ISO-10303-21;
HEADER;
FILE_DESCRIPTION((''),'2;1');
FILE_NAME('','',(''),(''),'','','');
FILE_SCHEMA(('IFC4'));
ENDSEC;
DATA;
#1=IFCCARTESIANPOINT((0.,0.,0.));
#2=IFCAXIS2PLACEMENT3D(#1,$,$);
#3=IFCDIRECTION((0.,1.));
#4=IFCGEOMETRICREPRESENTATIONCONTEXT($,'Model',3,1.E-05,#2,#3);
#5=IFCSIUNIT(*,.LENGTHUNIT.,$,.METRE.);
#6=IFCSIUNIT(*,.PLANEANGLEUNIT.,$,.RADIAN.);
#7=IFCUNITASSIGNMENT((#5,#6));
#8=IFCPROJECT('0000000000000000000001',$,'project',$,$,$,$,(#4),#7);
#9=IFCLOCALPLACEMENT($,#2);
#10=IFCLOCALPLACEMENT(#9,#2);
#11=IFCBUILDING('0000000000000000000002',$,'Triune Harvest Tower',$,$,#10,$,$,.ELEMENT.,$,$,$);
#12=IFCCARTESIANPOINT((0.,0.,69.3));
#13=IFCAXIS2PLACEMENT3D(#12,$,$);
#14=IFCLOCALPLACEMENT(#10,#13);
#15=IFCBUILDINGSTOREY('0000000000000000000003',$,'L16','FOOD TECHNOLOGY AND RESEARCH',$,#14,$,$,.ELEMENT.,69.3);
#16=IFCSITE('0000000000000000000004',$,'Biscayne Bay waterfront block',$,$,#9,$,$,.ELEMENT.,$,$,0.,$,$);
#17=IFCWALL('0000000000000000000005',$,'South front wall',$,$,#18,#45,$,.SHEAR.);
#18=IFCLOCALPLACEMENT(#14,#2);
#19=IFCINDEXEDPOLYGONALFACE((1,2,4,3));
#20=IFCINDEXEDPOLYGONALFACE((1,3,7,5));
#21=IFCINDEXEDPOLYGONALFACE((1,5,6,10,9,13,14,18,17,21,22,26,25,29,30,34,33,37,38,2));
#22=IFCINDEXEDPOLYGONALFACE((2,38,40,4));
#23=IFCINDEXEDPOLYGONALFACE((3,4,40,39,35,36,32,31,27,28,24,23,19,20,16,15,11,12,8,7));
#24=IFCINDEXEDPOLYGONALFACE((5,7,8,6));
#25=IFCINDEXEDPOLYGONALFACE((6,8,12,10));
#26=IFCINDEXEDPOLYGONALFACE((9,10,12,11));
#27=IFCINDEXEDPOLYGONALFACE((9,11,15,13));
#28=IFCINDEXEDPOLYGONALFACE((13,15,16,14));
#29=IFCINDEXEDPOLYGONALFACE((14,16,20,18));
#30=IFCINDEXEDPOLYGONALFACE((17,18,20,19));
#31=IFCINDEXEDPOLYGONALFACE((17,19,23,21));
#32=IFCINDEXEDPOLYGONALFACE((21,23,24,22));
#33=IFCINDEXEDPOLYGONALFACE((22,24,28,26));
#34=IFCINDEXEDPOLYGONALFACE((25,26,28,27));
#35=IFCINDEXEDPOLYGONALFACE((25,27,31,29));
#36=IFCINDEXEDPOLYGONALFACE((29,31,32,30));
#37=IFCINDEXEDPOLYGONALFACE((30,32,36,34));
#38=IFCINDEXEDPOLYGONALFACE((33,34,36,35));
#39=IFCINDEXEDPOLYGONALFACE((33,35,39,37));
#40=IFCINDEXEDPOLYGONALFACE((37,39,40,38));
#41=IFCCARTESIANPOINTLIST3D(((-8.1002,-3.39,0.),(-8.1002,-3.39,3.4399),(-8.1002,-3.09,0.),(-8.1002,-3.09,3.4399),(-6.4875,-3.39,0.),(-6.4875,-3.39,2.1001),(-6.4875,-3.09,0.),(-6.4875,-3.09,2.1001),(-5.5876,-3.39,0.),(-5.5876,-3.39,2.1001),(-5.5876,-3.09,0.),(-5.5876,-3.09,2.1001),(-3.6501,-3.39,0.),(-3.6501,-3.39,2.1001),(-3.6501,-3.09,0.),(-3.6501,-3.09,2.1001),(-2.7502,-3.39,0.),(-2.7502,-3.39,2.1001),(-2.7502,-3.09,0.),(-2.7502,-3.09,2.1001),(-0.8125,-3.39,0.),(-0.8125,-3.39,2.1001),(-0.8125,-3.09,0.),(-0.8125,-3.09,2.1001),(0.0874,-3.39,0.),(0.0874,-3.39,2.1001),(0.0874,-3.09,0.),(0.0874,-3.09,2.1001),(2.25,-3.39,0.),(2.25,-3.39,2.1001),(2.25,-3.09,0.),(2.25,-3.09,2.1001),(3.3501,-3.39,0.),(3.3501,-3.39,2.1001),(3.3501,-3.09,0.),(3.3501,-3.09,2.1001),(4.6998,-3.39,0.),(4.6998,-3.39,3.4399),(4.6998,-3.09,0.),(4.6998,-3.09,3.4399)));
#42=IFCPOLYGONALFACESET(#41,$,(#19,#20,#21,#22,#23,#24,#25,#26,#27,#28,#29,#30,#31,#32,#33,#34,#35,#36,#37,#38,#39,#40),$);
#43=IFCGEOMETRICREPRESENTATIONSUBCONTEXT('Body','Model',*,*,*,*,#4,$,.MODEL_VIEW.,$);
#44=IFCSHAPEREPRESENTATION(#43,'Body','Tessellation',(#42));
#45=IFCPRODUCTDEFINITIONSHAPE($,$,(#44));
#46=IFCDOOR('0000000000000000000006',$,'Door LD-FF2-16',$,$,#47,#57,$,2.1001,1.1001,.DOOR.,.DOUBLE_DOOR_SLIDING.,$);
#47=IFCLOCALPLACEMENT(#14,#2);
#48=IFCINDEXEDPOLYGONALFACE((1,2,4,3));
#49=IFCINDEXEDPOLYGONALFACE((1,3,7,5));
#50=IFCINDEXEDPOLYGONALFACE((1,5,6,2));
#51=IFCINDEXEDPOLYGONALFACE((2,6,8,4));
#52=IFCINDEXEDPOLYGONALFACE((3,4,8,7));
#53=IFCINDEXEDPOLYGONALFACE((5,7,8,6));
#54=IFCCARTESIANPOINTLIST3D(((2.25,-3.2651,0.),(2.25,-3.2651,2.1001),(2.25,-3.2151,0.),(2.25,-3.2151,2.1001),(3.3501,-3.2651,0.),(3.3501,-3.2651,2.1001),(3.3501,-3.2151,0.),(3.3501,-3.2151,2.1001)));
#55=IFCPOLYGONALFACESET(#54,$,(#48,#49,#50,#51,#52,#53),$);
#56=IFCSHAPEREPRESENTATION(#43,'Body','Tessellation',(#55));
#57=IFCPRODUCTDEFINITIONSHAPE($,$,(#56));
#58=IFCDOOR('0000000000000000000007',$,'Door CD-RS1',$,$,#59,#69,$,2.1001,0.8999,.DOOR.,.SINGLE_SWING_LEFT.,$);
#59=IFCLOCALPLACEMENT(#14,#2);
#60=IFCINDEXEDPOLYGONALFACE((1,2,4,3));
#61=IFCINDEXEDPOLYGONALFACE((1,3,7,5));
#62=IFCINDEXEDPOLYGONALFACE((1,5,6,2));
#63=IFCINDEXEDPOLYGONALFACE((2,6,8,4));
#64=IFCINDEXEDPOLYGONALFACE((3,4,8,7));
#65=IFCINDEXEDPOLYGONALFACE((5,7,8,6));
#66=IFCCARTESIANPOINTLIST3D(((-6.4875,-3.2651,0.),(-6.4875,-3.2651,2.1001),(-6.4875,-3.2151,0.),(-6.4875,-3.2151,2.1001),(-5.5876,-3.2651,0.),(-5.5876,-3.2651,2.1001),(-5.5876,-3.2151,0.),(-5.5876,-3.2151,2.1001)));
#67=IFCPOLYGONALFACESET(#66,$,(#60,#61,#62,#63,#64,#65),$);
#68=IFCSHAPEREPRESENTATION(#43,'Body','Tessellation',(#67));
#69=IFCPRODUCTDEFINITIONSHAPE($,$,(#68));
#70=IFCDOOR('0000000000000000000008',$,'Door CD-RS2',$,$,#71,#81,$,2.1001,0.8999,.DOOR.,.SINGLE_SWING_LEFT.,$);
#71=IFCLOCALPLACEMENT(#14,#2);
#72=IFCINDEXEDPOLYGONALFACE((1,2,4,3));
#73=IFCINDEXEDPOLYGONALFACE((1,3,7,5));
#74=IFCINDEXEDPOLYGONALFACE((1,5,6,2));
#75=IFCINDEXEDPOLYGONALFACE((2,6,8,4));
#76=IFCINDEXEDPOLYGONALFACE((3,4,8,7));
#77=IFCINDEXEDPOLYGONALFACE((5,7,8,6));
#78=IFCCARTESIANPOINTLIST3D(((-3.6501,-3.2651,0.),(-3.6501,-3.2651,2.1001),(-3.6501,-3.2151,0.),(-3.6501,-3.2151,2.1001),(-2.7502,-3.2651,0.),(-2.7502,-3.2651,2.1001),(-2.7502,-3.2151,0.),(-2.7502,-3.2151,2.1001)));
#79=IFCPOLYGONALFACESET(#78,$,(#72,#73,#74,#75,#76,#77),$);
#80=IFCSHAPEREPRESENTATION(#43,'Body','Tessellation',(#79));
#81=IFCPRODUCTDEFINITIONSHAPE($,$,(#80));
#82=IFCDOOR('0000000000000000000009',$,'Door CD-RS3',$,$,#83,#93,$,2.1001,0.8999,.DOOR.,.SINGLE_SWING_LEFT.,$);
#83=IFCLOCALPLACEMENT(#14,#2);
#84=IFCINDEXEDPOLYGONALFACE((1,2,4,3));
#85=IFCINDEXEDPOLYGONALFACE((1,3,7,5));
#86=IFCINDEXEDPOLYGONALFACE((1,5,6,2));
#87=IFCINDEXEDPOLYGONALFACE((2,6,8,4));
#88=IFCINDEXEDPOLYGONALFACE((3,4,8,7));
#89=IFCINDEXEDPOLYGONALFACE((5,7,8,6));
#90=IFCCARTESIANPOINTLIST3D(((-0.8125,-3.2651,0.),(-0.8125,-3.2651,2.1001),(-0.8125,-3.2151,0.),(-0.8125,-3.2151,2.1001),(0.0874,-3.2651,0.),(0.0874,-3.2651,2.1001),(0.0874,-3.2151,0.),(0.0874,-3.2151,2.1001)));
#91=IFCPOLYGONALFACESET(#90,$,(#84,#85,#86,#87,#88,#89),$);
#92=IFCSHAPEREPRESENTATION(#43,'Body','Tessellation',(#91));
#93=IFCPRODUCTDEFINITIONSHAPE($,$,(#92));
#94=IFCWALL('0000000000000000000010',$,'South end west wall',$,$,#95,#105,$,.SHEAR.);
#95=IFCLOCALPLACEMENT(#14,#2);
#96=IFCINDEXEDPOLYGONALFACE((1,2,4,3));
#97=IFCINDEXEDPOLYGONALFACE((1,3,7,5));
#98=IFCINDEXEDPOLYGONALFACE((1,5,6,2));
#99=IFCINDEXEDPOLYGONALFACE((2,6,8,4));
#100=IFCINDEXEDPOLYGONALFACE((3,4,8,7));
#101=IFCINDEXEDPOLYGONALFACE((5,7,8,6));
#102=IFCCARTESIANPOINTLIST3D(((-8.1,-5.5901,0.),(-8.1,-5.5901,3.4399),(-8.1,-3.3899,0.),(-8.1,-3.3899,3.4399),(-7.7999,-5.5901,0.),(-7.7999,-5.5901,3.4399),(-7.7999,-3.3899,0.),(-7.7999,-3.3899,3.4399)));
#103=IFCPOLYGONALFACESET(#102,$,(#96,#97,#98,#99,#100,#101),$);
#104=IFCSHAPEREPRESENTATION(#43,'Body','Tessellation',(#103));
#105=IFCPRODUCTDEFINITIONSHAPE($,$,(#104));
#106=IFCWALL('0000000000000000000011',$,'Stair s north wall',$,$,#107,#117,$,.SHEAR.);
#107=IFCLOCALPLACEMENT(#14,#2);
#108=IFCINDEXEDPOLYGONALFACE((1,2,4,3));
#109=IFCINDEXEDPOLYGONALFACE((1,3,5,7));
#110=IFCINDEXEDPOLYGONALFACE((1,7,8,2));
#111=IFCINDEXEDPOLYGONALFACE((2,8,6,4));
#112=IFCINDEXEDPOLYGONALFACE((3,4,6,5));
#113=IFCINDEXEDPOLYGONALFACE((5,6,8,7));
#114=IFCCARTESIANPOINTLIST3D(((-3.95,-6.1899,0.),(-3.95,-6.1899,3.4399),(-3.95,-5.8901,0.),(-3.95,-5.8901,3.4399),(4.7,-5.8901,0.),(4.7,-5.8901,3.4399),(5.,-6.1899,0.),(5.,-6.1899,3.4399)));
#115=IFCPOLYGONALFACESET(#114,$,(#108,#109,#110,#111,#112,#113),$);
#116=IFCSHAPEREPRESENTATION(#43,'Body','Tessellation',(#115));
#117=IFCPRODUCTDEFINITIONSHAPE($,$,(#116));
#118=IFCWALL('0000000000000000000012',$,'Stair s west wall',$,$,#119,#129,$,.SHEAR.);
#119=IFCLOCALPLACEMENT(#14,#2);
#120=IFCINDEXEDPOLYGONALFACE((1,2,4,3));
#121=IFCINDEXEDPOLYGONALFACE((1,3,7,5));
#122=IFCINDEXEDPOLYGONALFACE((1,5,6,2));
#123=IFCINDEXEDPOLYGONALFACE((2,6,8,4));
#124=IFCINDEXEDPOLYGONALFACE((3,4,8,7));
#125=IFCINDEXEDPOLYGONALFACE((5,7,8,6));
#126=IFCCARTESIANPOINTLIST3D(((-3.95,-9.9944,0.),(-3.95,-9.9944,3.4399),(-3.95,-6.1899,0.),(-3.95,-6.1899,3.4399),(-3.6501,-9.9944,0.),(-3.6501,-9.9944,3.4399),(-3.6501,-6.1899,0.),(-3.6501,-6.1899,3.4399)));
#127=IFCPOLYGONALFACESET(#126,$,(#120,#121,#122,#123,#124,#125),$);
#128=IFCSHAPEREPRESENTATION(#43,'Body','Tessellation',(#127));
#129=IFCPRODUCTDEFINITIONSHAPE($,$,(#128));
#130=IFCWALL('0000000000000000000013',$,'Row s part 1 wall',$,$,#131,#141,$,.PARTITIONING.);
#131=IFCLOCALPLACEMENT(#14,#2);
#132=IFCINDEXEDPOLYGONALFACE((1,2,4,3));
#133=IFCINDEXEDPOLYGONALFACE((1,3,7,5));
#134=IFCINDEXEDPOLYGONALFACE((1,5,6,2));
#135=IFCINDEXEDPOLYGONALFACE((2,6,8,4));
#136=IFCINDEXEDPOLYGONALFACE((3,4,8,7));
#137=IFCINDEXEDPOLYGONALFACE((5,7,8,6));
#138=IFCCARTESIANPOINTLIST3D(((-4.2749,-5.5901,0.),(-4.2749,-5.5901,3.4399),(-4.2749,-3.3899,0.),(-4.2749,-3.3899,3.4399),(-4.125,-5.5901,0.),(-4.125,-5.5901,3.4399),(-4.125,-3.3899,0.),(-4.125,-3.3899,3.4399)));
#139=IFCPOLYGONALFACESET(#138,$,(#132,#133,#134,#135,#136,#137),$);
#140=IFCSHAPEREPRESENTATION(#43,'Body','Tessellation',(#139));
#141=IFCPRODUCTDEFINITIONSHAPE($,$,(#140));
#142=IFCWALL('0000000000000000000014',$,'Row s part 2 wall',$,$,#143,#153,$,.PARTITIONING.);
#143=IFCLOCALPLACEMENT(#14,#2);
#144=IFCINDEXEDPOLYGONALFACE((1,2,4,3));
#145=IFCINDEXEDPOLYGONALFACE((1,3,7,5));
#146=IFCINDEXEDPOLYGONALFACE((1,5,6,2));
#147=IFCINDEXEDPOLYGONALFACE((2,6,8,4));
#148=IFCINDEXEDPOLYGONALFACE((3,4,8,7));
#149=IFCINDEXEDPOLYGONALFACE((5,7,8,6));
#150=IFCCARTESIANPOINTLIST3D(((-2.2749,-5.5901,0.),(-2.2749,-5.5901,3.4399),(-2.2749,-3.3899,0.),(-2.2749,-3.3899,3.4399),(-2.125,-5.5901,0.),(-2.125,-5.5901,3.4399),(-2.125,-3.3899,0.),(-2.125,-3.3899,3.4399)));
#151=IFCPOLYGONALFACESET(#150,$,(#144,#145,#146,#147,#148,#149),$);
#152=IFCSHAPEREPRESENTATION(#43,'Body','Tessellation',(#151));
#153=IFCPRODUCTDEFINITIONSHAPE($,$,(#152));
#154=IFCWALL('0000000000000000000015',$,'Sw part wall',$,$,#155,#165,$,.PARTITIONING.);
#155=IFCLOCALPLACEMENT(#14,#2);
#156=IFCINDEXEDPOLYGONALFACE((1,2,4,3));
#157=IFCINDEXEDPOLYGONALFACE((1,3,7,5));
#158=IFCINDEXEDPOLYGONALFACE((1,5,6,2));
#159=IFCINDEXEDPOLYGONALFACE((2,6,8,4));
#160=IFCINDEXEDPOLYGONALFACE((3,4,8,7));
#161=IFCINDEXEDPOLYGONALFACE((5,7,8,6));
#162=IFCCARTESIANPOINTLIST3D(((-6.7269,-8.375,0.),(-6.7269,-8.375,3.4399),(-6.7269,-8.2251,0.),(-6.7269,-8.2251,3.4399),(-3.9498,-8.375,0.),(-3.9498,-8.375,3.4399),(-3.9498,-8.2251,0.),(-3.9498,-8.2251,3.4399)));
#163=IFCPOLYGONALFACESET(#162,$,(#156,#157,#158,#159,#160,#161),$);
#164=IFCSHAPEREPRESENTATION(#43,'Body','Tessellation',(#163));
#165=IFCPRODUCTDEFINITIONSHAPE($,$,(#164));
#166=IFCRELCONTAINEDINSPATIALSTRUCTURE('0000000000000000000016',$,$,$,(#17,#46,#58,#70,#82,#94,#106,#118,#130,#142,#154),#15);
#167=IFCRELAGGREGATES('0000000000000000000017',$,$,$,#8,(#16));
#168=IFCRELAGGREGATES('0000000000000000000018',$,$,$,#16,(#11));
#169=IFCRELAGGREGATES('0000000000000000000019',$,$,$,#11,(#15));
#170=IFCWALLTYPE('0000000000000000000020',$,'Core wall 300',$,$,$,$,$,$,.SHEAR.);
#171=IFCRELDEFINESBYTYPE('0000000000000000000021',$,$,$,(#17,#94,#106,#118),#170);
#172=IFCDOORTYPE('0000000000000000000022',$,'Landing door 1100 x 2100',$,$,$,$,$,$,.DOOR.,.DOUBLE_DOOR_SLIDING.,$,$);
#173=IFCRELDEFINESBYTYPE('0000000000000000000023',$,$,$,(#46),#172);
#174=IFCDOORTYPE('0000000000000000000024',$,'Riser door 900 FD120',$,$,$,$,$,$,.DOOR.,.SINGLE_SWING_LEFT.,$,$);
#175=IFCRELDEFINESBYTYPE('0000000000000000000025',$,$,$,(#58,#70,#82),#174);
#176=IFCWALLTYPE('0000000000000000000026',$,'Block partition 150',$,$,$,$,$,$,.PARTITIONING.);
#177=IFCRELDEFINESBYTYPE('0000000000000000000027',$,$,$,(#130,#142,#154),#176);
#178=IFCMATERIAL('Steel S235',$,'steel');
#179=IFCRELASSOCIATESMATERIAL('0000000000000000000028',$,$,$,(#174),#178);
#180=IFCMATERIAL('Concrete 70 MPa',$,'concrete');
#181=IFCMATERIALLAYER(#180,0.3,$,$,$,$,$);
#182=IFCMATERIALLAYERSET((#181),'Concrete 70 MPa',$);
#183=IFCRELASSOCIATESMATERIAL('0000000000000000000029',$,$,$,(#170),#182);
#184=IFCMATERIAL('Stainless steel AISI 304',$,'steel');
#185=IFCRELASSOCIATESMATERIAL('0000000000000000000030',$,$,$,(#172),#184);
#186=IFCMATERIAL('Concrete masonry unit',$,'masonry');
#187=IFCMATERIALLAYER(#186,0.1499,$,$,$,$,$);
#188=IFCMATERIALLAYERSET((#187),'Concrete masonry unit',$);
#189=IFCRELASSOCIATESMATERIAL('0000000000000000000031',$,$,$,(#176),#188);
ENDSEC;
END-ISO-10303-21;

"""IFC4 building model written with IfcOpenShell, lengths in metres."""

from ifc_helpers import new_model, si_unit, direction, frame, frame_2d, origin, place, context, subcontext, project, spatial, polyline, rectangle, outline, extrude, source, transform, mapped, material, layer, layer_set, type_object, element, fill, save


model = new_model("IFC4")

# Units and contexts
model_context = context("Model", 3, precision=1e-05, world=origin(), true_north=direction((0.0, 1.0)))
body_context = subcontext(model_context, "Body", "Model", "MODEL_VIEW")
ifc_project = project(units=[si_unit("LENGTHUNIT", "METRE"), si_unit("PLANEANGLEUNIT", "RADIAN")], contexts=[model_context])

# Site, building, storey
site_placement = place(None, origin())
site = spatial("IfcSite", under=ifc_project, at=site_placement, Name="Biscayne Bay waterfront block", CompositionType="ELEMENT", RefElevation=0.0)
building_placement = place(site_placement, origin())
building = spatial("IfcBuilding", under=site, at=building_placement, Name="Triune Harvest Tower", CompositionType="ELEMENT")
storey_placement = place(building_placement, frame((0.0, 0.0, 69.3)))
storey = spatial("IfcBuildingStorey", under=building, at=storey_placement, Name="L16", Description="FOOD TECHNOLOGY AND RESEARCH", CompositionType="ELEMENT", Elevation=69.3)

# Wall, openings, doors
ifc_material_1 = material(Name="Steel S235", Category="steel")
door_type_1 = type_object("IfcDoorType", Name="Riser door 900 FD120", OperationType="SINGLE_SWING_LEFT", PredefinedType="DOOR", material=ifc_material_1)
ifc_material_2 = material(Name="Concrete 70 MPa", Category="concrete")
ifc_layer_1 = layer(ifc_material_2, 0.3)
ifc_layer_set_1 = layer_set([ifc_layer_1], Name="Concrete 70 MPa")
wall_type_1 = type_object("IfcWallType", Name="Core wall 300", PredefinedType="SHEAR", material=ifc_layer_set_1)
shared_shape_1 = source(origin(), body_context, "Body", "SweptSolid", [
    extrude(rectangle(XDim=12.8, YDim=0.3, at=frame_2d((6.3999, 0.0))), origin(), (0.0, 0.0, 1.0), 3.4399),
])
wall_1_placement = place(storey_placement, frame((-8.1001, -3.24, 0.0), z_axis=(0.0, 0.0, 1.0), x_axis=(1.0, 0.0, 0.0)))
wall_1 = element("IfcWall", 1, at=wall_1_placement, inside=storey, type_object=wall_type_1, Name="South front wall", PredefinedType="SHEAR", context=body_context, shape_type="MappedRepresentation", body=[
    mapped(shared_shape_1, transform((0.0, 0.0, 0.0), scale=1.0)),
])
opening_1_placement = place(wall_1_placement, frame((1.6125, 0.0, 0.0)))
opening_1 = element("IfcOpeningElement", 2, at=opening_1_placement, cuts=wall_1, PredefinedType="OPENING", context=body_context, shape_type="SweptSolid", body=[
    extrude(rectangle(XDim=0.8999, YDim=2.1001, at=frame_2d((0.45, 1.05))), frame((0.0, 0.1602, 0.0), z_axis=(0.0, -1.0, 0.0), x_axis=(1.0, 0.0, 0.0)), (0.0, 0.0, 1.0), 0.3201),
])
opening_2_placement = place(wall_1_placement, frame((4.45, 0.0, 0.0)))
opening_2 = element("IfcOpeningElement", 3, at=opening_2_placement, cuts=wall_1, PredefinedType="OPENING", context=body_context, shape_type="SweptSolid", body=[
    extrude(rectangle(XDim=0.8999, YDim=2.1001, at=frame_2d((0.45, 1.05))), frame((0.0, 0.1602, 0.0), z_axis=(0.0, -1.0, 0.0), x_axis=(1.0, 0.0, 0.0)), (0.0, 0.0, 1.0), 0.3201),
])
opening_3_placement = place(wall_1_placement, frame((7.2876, 0.0, 0.0)))
opening_3 = element("IfcOpeningElement", 4, at=opening_3_placement, cuts=wall_1, PredefinedType="OPENING", context=body_context, shape_type="SweptSolid", body=[
    extrude(rectangle(XDim=0.8999, YDim=2.1001, at=frame_2d((0.45, 1.05))), frame((0.0, 0.1602, 0.0), z_axis=(0.0, -1.0, 0.0), x_axis=(1.0, 0.0, 0.0)), (0.0, 0.0, 1.0), 0.3201),
])
opening_4_placement = place(wall_1_placement, frame((10.3501, 0.0, 0.0)))
opening_4 = element("IfcOpeningElement", 5, at=opening_4_placement, cuts=wall_1, PredefinedType="OPENING", context=body_context, shape_type="SweptSolid", body=[
    extrude(rectangle(XDim=1.1001, YDim=2.1001, at=frame_2d((0.55, 1.05))), frame((0.0, 0.1602, 0.0), z_axis=(0.0, -1.0, 0.0), x_axis=(1.0, 0.0, 0.0)), (0.0, 0.0, 1.0), 0.3201),
])
ifc_material_3 = material(Name="Stainless steel AISI 304", Category="steel")
door_type_2 = type_object("IfcDoorType", Name="Landing door 1100 x 2100", OperationType="DOUBLE_DOOR_SLIDING", PredefinedType="DOOR", material=ifc_material_3)
door_1_placement = place(opening_4_placement, origin())
door_1 = element("IfcDoor", 6, at=door_1_placement, inside=storey, type_object=door_type_2, Name="Door LD-FF2-16", OperationType="DOUBLE_DOOR_SLIDING", OverallHeight=2.1001, OverallWidth=1.1001, PredefinedType="DOOR", context=body_context, shape_type="SweptSolid", body=[
    extrude(rectangle(XDim=1.1001, YDim=2.1001, at=frame_2d((0.55, 1.05))), frame((0.0, 0.0249, 0.0), z_axis=(0.0, -1.0, 0.0), x_axis=(1.0, 0.0, 0.0)), (0.0, 0.0, 1.0), 0.05),
])
fill(opening_4, door_1)
door_2_placement = place(opening_1_placement, origin())
door_2 = element("IfcDoor", 7, at=door_2_placement, inside=storey, type_object=door_type_1, Name="Door CD-RS1", OperationType="SINGLE_SWING_LEFT", OverallHeight=2.1001, OverallWidth=0.8999, PredefinedType="DOOR", context=body_context, shape_type="SweptSolid", body=[
    extrude(rectangle(XDim=0.8999, YDim=2.1001, at=frame_2d((0.45, 1.05))), frame((0.0, 0.0249, 0.0), z_axis=(0.0, -1.0, 0.0), x_axis=(1.0, 0.0, 0.0)), (0.0, 0.0, 1.0), 0.05),
])
fill(opening_1, door_2)
door_3_placement = place(opening_2_placement, origin())
door_3 = element("IfcDoor", 8, at=door_3_placement, inside=storey, type_object=door_type_1, Name="Door CD-RS2", OperationType="SINGLE_SWING_LEFT", OverallHeight=2.1001, OverallWidth=0.8999, PredefinedType="DOOR", context=body_context, shape_type="SweptSolid", body=[
    extrude(rectangle(XDim=0.8999, YDim=2.1001, at=frame_2d((0.45, 1.05))), frame((0.0, 0.0249, 0.0), z_axis=(0.0, -1.0, 0.0), x_axis=(1.0, 0.0, 0.0)), (0.0, 0.0, 1.0), 0.05),
])
fill(opening_2, door_3)
door_4_placement = place(opening_3_placement, origin())
door_4 = element("IfcDoor", 9, at=door_4_placement, inside=storey, type_object=door_type_1, Name="Door CD-RS3", OperationType="SINGLE_SWING_LEFT", OverallHeight=2.1001, OverallWidth=0.8999, PredefinedType="DOOR", context=body_context, shape_type="SweptSolid", body=[
    extrude(rectangle(XDim=0.8999, YDim=2.1001, at=frame_2d((0.45, 1.05))), frame((0.0, 0.0249, 0.0), z_axis=(0.0, -1.0, 0.0), x_axis=(1.0, 0.0, 0.0)), (0.0, 0.0, 1.0), 0.05),
])
fill(opening_3, door_4)

# Walls
shared_shape_2 = source(origin(), body_context, "Body", "SweptSolid", [
    extrude(rectangle(XDim=2.2002, YDim=0.3, at=frame_2d((1.1001, 0.0))), origin(), (0.0, 0.0, 1.0), 3.4399),
])
wall_2_placement = place(storey_placement, frame((-7.95, -5.5901, 0.0), z_axis=(0.0, 0.0, 1.0), x_axis=(0.0, 1.0, 0.0)))
element("IfcWall", 10, at=wall_2_placement, inside=storey, type_object=wall_type_1, Name="South end west wall", PredefinedType="SHEAR", context=body_context, shape_type="MappedRepresentation", body=[
    mapped(shared_shape_2, transform((0.0, 0.0, 0.0), scale=1.0)),
])
shared_shape_3 = source(origin(), body_context, "Body", "SweptSolid", [
    extrude(outline(polyline([(0.0, -0.1499), (8.95, -0.1499), (8.6499, 0.1499), (0.0, 0.1499), (0.0, -0.1499)])), origin(), (0.0, 0.0, 1.0), 3.4399),
])
wall_3_placement = place(storey_placement, frame((-3.95, -6.04, 0.0), z_axis=(0.0, 0.0, 1.0), x_axis=(1.0, 0.0, 0.0)))
element("IfcWall", 11, at=wall_3_placement, inside=storey, type_object=wall_type_1, Name="Stair s north wall", PredefinedType="SHEAR", context=body_context, shape_type="MappedRepresentation", body=[
    mapped(shared_shape_3, transform((0.0, 0.0, 0.0), scale=1.0)),
])
shared_shape_4 = source(origin(), body_context, "Body", "SweptSolid", [
    extrude(outline(polyline([(3.8, -0.1499), (-0.0044, -0.1499), (-0.0044, 0.1499), (3.8, 0.1499), (3.8, -0.1499)])), origin(), (0.0, 0.0, 1.0), 3.4399),
])
wall_4_placement = place(storey_placement, frame((-3.8, -9.99, 0.0), z_axis=(0.0, 0.0, 1.0), x_axis=(0.0, 1.0, 0.0)))
element("IfcWall", 12, at=wall_4_placement, inside=storey, type_object=wall_type_1, Name="Stair s west wall", PredefinedType="SHEAR", context=body_context, shape_type="MappedRepresentation", body=[
    mapped(shared_shape_4, transform((0.0, 0.0, 0.0), scale=1.0)),
])
ifc_material_4 = material(Name="Concrete masonry unit", Category="masonry")
ifc_layer_2 = layer(ifc_material_4, 0.1499)
ifc_layer_set_2 = layer_set([ifc_layer_2], Name="Concrete masonry unit")
wall_type_2 = type_object("IfcWallType", Name="Block partition 150", PredefinedType="PARTITIONING", material=ifc_layer_set_2)
shared_shape_5 = source(origin(), body_context, "Body", "SweptSolid", [
    extrude(rectangle(XDim=2.2002, YDim=0.1499, at=frame_2d((1.1001, 0.0))), origin(), (0.0, 0.0, 1.0), 3.4399),
])
for number, where, z_axis, x_axis, name in (
    (13, (-4.2, -5.5901, 0.0), (0.0, 0.0, 1.0), (0.0, 1.0, 0.0), "Row s part 1 wall"),
    (14, (-2.2, -5.5901, 0.0), (0.0, 0.0, 1.0), (0.0, 1.0, 0.0), "Row s part 2 wall"),
):
    element("IfcWall", number, at=place(storey_placement, frame(where, z_axis=z_axis, x_axis=x_axis)), inside=storey, type_object=wall_type_2, Name=name, PredefinedType="PARTITIONING", context=body_context, shape_type="MappedRepresentation", body=[
        mapped(shared_shape_5, transform((0.0, 0.0, 0.0), scale=1.0)),
    ])
shared_shape_6 = source(origin(), body_context, "Body", "SweptSolid", [
    extrude(rectangle(XDim=2.7771, YDim=0.1499, at=frame_2d((1.3887, 0.0))), origin(), (0.0, 0.0, 1.0), 3.4399),
])
wall_5_placement = place(storey_placement, frame((-6.7271, -8.3, 0.0), z_axis=(0.0, 0.0, 1.0), x_axis=(1.0, 0.0, 0.0)))
element("IfcWall", 15, at=wall_5_placement, inside=storey, type_object=wall_type_2, Name="Sw part wall", PredefinedType="PARTITIONING", context=body_context, shape_type="MappedRepresentation", body=[
    mapped(shared_shape_6, transform((0.0, 0.0, 0.0), scale=1.0)),
])

save(model, "model.ifc")
